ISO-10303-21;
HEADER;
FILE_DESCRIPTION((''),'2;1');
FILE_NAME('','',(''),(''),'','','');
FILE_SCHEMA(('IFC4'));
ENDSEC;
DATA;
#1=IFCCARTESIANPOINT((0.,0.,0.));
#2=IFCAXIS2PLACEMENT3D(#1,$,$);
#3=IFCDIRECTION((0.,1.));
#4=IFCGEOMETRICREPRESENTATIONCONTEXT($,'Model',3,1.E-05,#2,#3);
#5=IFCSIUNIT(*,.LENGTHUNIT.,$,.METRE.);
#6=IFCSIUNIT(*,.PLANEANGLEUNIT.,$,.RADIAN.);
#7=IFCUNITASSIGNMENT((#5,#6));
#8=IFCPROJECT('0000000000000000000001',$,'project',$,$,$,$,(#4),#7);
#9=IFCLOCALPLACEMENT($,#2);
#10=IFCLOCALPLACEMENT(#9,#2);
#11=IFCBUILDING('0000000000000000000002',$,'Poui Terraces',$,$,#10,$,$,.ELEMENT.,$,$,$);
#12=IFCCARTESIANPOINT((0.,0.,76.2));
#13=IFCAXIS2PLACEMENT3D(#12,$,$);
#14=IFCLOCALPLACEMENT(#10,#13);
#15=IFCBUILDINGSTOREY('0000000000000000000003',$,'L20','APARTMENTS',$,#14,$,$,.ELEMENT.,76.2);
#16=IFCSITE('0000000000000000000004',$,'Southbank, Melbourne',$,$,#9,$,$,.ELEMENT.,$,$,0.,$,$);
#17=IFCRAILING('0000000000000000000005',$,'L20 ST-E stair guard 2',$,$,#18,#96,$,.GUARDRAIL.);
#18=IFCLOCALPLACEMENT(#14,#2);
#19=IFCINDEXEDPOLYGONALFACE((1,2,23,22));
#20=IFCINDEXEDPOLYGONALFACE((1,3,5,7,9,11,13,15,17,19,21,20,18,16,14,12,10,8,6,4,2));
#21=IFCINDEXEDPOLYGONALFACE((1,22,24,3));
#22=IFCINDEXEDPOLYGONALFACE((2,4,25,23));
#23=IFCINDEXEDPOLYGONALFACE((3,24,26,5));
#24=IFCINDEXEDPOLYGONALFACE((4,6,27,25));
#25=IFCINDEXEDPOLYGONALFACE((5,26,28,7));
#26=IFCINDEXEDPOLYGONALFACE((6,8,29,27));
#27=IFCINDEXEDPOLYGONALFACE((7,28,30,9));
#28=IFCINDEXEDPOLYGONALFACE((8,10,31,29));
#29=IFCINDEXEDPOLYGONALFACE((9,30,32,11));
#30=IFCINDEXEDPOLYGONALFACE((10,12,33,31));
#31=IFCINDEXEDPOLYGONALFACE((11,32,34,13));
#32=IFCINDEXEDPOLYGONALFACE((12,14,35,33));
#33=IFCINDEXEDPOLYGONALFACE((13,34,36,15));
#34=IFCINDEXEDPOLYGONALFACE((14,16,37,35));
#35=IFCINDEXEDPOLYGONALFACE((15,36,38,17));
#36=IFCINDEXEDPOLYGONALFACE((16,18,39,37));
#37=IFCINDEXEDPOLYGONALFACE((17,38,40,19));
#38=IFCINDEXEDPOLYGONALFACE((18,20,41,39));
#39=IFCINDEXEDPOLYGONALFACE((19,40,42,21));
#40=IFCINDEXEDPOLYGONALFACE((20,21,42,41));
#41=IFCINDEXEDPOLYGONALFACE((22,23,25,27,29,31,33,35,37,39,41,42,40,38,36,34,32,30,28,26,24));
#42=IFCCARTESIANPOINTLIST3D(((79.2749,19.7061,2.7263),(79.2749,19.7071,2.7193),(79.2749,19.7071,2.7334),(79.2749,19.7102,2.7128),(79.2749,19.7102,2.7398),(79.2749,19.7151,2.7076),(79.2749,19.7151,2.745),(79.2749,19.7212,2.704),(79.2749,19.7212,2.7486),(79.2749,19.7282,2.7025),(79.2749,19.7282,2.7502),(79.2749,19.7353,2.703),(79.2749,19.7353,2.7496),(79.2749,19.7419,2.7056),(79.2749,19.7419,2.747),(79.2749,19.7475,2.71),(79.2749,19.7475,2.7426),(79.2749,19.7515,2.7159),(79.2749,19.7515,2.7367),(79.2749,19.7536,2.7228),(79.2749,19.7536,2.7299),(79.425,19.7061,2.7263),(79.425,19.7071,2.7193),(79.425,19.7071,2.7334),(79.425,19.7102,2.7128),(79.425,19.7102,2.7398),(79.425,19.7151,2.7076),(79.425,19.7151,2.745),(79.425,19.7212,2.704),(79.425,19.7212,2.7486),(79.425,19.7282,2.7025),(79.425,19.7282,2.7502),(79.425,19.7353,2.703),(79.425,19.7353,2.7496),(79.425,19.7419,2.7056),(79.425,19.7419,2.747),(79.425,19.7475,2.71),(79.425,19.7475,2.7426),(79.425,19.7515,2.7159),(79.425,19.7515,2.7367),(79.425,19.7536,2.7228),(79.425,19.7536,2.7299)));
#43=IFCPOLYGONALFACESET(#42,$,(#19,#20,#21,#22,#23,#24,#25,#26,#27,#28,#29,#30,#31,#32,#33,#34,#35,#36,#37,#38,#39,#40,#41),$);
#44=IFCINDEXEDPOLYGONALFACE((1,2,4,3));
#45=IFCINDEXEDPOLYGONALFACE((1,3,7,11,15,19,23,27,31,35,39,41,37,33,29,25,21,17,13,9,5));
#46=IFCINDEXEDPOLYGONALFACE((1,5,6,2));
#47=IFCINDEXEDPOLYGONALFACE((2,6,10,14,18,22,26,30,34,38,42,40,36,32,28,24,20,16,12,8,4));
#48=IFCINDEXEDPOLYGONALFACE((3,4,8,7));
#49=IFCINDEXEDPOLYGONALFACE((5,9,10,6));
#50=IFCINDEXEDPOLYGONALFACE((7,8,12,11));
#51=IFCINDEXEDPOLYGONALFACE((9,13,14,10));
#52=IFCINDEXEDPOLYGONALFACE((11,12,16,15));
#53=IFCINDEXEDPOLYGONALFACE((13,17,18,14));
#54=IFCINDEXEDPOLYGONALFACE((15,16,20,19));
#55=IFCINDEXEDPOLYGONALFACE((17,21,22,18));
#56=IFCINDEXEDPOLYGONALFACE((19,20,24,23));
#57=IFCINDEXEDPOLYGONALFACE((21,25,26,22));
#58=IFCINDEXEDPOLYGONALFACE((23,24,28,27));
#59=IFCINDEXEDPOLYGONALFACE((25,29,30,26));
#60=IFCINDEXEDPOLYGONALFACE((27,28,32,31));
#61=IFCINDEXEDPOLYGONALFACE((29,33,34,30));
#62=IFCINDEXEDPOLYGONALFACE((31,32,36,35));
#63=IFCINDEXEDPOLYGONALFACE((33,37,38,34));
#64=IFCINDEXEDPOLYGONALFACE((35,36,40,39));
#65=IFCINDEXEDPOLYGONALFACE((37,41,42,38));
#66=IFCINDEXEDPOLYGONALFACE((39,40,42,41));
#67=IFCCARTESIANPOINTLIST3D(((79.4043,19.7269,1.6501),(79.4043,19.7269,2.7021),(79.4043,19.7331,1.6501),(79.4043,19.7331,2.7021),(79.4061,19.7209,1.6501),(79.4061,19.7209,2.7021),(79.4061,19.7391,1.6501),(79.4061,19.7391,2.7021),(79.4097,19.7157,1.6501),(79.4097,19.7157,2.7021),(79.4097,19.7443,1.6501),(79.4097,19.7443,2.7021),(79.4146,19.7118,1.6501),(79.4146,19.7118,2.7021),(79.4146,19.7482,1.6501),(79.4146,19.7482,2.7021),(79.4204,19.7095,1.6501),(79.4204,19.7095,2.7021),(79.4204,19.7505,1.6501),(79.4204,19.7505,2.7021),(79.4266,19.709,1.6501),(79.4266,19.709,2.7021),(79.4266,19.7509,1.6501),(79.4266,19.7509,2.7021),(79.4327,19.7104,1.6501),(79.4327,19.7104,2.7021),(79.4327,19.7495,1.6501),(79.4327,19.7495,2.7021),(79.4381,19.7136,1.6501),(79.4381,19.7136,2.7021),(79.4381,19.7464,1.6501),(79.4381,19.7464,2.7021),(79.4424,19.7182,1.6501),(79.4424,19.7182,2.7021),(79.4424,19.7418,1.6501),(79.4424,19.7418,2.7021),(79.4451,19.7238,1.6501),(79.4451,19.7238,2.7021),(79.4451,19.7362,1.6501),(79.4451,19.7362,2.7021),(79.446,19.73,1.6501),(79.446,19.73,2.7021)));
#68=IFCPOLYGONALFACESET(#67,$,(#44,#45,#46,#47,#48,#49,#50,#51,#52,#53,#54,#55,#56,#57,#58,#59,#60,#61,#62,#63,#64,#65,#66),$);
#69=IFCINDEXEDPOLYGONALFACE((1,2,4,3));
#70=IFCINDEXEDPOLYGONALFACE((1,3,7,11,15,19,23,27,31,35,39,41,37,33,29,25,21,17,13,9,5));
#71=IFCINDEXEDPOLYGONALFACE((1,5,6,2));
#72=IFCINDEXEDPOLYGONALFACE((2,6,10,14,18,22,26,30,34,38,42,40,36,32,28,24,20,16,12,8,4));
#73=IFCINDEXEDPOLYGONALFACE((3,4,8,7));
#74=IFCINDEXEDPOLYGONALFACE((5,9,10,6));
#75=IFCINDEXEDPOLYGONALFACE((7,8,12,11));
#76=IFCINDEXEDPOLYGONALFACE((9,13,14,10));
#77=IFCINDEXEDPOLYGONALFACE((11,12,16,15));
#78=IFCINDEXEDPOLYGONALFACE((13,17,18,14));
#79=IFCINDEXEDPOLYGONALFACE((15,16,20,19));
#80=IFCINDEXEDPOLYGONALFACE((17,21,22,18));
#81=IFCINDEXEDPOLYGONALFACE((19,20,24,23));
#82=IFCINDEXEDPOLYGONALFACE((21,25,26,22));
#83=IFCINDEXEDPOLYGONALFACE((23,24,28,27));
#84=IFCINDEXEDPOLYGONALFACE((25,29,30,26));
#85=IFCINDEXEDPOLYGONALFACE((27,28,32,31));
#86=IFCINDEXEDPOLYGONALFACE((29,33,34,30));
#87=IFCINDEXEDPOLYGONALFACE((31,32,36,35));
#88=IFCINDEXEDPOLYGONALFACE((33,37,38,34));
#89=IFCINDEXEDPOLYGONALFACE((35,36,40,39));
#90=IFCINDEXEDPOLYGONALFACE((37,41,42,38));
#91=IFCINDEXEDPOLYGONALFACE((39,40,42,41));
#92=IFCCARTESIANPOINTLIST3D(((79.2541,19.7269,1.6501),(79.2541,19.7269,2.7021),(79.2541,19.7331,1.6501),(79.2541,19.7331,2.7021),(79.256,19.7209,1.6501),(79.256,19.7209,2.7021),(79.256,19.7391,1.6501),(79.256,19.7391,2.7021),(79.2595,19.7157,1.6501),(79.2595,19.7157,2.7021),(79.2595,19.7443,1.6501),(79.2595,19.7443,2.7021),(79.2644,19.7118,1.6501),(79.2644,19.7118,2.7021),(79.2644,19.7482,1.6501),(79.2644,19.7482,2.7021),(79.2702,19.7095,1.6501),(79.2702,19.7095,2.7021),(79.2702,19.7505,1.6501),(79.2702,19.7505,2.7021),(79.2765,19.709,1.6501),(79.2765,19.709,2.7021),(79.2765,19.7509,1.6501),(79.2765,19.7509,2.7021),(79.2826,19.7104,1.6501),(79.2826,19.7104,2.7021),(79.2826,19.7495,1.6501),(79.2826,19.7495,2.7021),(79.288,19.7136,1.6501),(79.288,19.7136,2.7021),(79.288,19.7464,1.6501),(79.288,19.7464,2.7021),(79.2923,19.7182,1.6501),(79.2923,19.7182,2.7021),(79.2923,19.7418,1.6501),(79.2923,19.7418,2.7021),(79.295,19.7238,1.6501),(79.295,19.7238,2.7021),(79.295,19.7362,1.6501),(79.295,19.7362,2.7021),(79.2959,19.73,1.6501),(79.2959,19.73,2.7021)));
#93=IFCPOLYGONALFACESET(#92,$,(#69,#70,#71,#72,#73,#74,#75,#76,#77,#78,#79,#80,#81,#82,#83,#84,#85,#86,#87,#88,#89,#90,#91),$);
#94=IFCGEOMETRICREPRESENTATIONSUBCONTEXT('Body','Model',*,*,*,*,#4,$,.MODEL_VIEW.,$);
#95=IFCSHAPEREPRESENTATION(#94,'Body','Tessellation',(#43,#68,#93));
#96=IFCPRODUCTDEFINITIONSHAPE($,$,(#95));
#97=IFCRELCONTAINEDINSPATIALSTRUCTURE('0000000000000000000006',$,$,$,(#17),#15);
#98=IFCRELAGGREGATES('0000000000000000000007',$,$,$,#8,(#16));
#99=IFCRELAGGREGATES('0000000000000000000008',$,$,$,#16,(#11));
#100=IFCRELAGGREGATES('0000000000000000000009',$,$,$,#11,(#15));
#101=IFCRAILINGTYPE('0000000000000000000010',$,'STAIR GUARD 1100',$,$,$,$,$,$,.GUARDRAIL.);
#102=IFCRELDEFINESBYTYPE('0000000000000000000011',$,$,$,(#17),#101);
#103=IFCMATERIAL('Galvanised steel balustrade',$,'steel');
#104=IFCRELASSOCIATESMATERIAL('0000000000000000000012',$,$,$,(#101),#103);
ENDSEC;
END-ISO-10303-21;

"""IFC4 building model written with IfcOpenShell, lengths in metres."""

from ifc_helpers import new_model, si_unit, direction, frame, origin, origin_2d, place, context, subcontext, project, spatial, circle, extrude, material, type_object, element, save


model = new_model("IFC4")

# Units and contexts
model_context = context("Model", 3, precision=1e-05, world=origin(), true_north=direction((0.0, 1.0)))
body_context = subcontext(model_context, "Body", "Model", "MODEL_VIEW")
ifc_project = project(units=[si_unit("LENGTHUNIT", "METRE"), si_unit("PLANEANGLEUNIT", "RADIAN")], contexts=[model_context])

# Site, building, storey
site_placement = place(None, origin())
site = spatial("IfcSite", under=ifc_project, at=site_placement, Name="Southbank, Melbourne", CompositionType="ELEMENT", RefElevation=0.0)
building_placement = place(site_placement, origin())
building = spatial("IfcBuilding", under=site, at=building_placement, Name="Poui Terraces", CompositionType="ELEMENT")
storey_placement = place(building_placement, frame((0.0, 0.0, 76.2)))
storey = spatial("IfcBuildingStorey", under=building, at=storey_placement, Name="L20", Description="APARTMENTS", CompositionType="ELEMENT", Elevation=76.2)

# Railing
ifc_material_1 = material(Name="Galvanised steel balustrade", Category="steel")
railing_type_1 = type_object("IfcRailingType", Name="STAIR GUARD 1100", PredefinedType="GUARDRAIL", material=ifc_material_1)
railing_1_placement = place(storey_placement, frame((79.425, 19.73, 1.6501)))
element("IfcRailing", 1, at=railing_1_placement, inside=storey, type_object=railing_type_1, Name="L20 ST-E stair guard 2", PredefinedType="GUARDRAIL", context=body_context, shape_type="SweptSolid", body=[
    extrude(circle(Radius=0.0239, at=origin_2d()), frame((0.0, 0.0, 1.0762), z_axis=(-1.0, 0.0, 0.0), x_axis=(0.0, -1.0, 0.0)), (0.0, 0.0, 1.0), 0.1501),
    extrude(circle(Radius=0.021, at=origin_2d()), origin(), (0.0, 0.0, 1.0), 1.052),
    extrude(circle(Radius=0.021, at=origin_2d()), frame((-0.1501, 0.0, 0.0)), (0.0, 0.0, 1.0), 1.052),
])

save(model, "model.ifc")
